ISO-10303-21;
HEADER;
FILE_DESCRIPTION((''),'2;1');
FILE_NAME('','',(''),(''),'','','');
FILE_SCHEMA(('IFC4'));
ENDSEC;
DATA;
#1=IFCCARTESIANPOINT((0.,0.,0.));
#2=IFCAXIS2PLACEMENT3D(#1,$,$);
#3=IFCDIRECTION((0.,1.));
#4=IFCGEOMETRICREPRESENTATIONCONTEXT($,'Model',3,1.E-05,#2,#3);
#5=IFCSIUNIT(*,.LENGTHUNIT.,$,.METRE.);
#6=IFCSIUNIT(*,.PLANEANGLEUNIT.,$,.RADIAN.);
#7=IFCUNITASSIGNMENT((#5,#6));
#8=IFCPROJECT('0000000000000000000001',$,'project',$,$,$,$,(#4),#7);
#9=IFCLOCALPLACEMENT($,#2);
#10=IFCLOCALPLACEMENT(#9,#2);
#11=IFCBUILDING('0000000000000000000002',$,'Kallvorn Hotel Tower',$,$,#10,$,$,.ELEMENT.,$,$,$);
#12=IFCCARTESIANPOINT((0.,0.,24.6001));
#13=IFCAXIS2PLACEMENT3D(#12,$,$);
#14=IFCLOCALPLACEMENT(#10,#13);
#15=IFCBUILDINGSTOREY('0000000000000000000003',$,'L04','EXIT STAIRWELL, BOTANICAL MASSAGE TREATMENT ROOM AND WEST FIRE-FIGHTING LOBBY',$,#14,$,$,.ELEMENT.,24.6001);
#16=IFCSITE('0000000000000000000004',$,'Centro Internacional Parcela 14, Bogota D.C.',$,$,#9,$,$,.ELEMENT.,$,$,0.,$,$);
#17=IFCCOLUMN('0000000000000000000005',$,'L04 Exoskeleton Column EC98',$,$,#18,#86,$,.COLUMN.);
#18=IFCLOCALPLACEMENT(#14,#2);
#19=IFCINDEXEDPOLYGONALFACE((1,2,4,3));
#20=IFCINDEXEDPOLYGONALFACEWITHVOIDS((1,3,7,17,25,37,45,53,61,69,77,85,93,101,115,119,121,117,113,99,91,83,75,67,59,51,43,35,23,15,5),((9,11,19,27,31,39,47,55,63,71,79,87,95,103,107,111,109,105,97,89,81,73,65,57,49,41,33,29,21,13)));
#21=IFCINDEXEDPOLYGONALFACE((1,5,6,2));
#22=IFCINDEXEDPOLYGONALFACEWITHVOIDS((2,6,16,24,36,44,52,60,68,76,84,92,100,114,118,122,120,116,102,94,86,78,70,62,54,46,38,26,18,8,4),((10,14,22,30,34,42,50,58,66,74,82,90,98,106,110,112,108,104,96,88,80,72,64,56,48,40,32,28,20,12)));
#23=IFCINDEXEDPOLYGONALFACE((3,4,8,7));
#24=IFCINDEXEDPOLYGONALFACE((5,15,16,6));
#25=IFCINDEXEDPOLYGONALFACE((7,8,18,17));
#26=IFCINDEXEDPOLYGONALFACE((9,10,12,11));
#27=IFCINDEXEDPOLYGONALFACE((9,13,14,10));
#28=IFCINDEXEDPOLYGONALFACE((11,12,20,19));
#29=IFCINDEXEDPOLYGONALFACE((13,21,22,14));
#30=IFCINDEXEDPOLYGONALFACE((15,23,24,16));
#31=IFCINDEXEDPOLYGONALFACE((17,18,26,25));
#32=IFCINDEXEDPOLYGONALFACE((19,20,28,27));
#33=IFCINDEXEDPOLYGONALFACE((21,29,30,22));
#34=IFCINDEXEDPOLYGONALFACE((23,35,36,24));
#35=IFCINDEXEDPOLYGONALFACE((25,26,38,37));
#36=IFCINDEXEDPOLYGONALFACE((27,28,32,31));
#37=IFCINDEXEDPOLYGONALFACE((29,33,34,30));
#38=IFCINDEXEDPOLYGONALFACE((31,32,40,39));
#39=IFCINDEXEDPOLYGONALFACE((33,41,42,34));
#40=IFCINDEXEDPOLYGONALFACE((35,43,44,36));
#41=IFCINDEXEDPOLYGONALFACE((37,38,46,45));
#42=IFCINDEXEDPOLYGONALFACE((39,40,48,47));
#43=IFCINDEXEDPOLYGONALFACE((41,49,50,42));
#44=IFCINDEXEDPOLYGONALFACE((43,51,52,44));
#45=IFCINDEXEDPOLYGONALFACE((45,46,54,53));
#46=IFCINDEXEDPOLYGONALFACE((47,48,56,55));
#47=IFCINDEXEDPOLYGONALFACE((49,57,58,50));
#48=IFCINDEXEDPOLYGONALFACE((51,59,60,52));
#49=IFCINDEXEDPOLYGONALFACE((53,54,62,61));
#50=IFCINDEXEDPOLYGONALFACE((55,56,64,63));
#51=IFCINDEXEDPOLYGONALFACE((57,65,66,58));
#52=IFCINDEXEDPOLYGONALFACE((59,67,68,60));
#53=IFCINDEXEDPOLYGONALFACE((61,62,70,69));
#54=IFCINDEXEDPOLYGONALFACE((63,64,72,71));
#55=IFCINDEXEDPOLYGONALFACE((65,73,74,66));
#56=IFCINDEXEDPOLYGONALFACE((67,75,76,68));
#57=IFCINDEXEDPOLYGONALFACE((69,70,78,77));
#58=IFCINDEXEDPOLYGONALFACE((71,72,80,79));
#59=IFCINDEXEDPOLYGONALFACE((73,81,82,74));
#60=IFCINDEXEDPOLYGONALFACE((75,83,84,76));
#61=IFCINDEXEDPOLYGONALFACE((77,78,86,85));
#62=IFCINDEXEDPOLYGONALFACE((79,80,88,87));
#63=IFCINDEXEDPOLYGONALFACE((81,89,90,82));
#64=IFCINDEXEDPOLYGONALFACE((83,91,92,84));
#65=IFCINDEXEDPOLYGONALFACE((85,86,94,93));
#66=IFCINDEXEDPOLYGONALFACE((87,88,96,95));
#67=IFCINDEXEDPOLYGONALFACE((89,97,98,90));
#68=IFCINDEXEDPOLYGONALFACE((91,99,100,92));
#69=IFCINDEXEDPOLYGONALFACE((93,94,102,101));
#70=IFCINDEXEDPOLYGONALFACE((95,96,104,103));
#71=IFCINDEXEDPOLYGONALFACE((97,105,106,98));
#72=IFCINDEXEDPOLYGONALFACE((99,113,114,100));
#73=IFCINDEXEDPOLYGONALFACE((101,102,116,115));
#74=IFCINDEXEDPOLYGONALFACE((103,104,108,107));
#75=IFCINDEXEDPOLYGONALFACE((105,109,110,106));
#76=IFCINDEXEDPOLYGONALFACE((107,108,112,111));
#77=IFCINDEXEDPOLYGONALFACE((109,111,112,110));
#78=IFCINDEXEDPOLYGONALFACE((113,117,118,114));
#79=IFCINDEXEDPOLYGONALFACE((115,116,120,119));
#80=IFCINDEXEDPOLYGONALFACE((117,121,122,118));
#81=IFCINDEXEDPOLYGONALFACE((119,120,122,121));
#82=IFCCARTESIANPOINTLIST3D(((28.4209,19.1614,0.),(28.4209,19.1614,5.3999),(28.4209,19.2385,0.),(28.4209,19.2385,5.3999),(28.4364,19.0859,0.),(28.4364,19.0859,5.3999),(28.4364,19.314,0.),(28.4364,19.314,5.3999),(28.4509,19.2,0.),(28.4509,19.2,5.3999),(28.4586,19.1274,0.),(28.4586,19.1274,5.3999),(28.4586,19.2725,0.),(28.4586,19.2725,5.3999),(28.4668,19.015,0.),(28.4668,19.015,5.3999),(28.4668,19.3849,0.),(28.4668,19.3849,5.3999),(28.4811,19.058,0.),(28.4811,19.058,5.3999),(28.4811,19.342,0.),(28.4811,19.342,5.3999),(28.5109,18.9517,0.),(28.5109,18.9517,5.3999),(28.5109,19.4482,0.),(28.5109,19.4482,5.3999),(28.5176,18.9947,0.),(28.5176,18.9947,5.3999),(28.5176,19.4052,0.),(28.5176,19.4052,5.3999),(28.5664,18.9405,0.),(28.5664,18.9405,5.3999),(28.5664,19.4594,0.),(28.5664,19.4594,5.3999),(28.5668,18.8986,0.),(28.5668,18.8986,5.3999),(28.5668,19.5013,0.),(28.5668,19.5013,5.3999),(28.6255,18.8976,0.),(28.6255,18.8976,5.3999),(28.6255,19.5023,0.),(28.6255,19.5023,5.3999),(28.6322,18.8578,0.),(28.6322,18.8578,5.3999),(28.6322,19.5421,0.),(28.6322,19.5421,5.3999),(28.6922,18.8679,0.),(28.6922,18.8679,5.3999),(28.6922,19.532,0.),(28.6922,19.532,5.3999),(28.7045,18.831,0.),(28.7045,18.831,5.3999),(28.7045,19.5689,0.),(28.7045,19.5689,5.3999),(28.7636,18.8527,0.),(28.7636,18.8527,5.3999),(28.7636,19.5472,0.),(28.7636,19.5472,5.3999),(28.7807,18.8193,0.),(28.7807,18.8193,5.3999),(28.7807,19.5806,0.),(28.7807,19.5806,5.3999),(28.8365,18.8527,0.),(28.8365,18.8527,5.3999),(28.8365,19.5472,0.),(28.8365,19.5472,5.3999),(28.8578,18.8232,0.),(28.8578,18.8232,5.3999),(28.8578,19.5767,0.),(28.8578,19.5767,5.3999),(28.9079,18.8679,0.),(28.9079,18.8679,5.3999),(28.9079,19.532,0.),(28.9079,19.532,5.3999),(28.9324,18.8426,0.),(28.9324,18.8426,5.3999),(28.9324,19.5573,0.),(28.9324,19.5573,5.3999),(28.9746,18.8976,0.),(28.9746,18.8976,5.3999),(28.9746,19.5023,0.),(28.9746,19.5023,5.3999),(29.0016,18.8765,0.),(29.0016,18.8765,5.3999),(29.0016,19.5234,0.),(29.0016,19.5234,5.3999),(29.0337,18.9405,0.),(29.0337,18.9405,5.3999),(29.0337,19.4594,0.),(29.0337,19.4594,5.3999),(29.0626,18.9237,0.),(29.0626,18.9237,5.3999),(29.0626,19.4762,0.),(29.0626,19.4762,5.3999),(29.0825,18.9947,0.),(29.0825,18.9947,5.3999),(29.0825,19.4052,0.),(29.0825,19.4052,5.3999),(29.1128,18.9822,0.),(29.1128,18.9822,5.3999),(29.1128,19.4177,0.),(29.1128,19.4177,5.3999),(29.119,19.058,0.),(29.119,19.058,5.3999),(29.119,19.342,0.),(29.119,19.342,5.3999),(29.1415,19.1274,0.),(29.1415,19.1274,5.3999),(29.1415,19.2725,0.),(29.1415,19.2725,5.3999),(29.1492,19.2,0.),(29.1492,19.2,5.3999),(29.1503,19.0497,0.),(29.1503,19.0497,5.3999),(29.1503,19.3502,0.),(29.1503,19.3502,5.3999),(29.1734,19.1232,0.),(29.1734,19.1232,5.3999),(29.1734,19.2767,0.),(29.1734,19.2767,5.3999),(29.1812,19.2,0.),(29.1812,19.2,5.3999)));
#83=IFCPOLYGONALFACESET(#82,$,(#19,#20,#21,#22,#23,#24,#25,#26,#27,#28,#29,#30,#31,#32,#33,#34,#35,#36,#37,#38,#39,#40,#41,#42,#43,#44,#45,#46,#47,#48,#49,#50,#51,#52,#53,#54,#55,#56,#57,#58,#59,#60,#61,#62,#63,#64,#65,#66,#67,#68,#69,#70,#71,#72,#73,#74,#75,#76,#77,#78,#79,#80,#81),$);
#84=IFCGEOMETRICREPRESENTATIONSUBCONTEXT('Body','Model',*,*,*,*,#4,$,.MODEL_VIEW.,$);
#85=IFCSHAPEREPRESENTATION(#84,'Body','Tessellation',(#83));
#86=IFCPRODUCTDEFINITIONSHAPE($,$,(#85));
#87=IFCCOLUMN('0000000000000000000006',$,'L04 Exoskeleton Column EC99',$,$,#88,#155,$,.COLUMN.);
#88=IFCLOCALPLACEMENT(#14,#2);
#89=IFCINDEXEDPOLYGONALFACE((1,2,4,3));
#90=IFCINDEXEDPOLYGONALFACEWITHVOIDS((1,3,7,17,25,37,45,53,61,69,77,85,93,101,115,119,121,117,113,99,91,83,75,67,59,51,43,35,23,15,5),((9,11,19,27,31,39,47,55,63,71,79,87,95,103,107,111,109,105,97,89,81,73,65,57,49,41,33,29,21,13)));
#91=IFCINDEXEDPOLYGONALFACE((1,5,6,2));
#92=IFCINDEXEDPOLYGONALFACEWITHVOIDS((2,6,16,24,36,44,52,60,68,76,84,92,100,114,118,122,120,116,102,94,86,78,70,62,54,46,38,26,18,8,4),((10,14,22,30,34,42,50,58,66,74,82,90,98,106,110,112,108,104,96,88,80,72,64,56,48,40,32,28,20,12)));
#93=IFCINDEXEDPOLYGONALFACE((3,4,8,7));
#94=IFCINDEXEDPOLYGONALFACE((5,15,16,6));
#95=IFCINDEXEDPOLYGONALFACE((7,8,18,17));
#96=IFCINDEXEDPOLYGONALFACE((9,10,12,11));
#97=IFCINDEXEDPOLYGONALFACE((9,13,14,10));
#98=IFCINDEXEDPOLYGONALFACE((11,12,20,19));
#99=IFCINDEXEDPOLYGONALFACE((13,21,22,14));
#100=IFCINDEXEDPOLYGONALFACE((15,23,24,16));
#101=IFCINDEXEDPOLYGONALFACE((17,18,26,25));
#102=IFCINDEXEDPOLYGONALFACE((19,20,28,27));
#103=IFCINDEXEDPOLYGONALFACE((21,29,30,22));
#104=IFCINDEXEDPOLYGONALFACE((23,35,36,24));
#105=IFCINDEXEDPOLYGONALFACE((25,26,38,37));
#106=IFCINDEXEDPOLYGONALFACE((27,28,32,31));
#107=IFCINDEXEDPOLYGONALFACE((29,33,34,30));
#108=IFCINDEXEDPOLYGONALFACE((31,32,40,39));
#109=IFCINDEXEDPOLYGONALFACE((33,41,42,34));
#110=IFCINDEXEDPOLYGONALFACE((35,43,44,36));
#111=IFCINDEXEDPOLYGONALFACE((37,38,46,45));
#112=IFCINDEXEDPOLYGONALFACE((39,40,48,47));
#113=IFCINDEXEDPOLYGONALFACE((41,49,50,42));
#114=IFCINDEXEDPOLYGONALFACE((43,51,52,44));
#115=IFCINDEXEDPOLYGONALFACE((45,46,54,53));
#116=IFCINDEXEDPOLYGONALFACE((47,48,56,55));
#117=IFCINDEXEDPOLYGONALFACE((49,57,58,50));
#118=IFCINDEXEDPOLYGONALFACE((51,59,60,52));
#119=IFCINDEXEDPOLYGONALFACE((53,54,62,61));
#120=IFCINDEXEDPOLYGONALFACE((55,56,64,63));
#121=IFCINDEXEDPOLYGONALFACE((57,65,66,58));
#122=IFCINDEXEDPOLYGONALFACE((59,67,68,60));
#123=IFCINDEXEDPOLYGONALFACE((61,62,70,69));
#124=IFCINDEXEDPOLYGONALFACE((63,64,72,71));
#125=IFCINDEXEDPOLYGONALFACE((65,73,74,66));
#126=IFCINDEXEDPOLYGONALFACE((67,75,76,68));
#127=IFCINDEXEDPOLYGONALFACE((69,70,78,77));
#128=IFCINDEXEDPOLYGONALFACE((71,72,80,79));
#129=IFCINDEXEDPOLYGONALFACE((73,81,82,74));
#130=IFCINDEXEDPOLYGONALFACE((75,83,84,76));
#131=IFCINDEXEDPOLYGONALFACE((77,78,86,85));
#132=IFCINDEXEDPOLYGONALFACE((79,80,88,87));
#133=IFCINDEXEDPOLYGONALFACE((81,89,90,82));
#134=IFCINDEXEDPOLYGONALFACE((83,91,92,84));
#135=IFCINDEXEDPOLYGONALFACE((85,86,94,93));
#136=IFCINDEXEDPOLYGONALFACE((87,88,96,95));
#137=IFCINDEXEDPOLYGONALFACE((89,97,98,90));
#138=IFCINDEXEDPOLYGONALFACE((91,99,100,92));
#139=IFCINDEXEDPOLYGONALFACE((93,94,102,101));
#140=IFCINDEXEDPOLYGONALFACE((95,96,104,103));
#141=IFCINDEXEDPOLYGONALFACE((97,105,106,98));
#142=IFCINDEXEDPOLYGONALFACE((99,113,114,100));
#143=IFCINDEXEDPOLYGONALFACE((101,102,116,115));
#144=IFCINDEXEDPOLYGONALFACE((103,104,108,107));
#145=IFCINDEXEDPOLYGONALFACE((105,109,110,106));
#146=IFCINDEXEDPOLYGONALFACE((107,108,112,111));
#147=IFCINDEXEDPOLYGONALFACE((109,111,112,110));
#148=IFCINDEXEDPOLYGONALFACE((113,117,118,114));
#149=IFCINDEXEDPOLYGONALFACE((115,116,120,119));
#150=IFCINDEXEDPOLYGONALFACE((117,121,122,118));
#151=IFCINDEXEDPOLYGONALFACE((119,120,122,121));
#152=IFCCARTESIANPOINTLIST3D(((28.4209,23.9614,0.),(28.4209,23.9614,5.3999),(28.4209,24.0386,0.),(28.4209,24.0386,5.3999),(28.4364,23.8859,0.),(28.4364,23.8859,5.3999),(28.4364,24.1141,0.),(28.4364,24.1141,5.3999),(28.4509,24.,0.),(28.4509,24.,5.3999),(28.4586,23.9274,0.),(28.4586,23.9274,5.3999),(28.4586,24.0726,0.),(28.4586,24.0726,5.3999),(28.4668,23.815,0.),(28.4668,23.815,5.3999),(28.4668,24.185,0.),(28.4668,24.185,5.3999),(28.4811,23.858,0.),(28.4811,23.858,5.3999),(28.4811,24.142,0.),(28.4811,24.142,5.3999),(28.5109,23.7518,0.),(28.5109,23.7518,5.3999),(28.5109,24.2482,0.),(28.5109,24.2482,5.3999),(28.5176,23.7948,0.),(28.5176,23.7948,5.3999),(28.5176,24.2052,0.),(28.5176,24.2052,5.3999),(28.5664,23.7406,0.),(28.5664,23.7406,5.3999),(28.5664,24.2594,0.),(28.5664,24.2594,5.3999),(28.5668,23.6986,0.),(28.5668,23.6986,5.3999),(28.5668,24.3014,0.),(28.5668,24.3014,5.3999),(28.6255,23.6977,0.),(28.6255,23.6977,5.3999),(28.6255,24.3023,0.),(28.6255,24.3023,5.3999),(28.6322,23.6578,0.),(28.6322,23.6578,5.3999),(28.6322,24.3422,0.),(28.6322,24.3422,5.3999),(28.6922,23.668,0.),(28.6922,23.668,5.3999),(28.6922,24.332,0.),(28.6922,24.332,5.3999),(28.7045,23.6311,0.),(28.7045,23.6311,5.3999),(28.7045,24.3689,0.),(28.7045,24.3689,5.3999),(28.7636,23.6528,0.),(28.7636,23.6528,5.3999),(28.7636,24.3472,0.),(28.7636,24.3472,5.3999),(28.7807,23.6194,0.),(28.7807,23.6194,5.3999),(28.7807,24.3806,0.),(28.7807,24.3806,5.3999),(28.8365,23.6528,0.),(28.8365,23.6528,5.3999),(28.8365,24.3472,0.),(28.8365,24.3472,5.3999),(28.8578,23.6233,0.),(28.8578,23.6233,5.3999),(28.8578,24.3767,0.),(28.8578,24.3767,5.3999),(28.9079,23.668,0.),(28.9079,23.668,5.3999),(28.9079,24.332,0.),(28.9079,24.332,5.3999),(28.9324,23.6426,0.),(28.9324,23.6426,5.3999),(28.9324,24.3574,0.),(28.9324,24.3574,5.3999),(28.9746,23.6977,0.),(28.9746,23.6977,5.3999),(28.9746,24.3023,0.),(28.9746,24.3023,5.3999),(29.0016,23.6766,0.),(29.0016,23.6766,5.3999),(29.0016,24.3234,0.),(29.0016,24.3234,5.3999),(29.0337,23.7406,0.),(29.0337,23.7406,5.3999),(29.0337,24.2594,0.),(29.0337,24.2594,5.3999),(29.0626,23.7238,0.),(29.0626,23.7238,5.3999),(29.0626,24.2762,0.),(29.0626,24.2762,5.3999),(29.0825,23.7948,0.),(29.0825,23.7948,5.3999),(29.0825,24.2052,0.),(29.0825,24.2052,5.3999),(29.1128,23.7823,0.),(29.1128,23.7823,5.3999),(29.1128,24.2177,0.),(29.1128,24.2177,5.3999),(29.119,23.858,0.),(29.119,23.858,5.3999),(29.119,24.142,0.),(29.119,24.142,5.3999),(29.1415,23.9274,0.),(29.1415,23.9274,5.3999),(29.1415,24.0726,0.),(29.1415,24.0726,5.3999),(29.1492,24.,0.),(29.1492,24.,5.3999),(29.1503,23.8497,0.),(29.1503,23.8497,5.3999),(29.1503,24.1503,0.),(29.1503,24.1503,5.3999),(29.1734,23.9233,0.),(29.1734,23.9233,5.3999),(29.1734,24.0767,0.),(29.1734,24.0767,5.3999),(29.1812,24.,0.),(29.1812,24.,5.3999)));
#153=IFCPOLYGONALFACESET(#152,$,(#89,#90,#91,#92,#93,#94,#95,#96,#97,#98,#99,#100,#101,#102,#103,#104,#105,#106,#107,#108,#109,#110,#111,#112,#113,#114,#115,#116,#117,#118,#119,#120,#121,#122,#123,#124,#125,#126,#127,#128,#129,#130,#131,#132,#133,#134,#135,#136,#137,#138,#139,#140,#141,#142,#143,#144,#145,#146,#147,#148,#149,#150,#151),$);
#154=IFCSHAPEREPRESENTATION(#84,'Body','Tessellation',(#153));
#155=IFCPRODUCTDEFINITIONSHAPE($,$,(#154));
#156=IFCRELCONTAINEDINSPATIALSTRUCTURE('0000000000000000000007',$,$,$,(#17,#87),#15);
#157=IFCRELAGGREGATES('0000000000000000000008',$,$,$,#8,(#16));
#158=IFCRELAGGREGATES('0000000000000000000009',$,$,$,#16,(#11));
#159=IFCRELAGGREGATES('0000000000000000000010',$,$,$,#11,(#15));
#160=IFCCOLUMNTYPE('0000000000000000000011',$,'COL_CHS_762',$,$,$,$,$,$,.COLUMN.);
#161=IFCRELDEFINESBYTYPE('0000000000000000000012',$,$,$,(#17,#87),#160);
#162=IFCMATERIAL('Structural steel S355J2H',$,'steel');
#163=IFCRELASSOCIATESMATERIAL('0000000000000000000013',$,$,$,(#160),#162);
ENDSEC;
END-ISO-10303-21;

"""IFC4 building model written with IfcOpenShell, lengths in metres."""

from ifc_helpers import new_model, si_unit, direction, frame, origin, origin_2d, place, context, subcontext, project, spatial, hollow_circle, extrude, material, material_profile, profile_set, type_object, element, save


model = new_model("IFC4")

# Units and contexts
model_context = context("Model", 3, precision=1e-05, world=origin(), true_north=direction((0.0, 1.0)))
body_context = subcontext(model_context, "Body", "Model", "MODEL_VIEW")
ifc_project = project(units=[si_unit("LENGTHUNIT", "METRE"), si_unit("PLANEANGLEUNIT", "RADIAN")], contexts=[model_context])

# Site, building, storey
site_placement = place(None, origin())
site = spatial("IfcSite", under=ifc_project, at=site_placement, Name="Centro Internacional Parcela 14, Bogota D.C.", CompositionType="ELEMENT", RefElevation=0.0)
building_placement = place(site_placement, origin())
building = spatial("IfcBuilding", under=site, at=building_placement, Name="Kallvorn Hotel Tower", CompositionType="ELEMENT")
storey_placement = place(building_placement, frame((0.0, 0.0, 24.6001)))
storey = spatial("IfcBuildingStorey", under=building, at=storey_placement, Name="L04", Description="EXIT STAIRWELL, BOTANICAL MASSAGE TREATMENT ROOM AND WEST FIRE-FIGHTING LOBBY", CompositionType="ELEMENT", Elevation=24.6001)

# Columns
ifc_material_1 = material(Name="Structural steel S355J2H", Category="steel")
ifc_material_profile_1 = material_profile(ifc_material_1, hollow_circle(Radius=0.3811, WallThickness=0.032, at=origin_2d()), Name="CHS 762x32")
ifc_profile_set_1 = profile_set([ifc_material_profile_1], Name="Structural steel S355J2H")
column_type_1 = type_object("IfcColumnType", Name="COL_CHS_762", PredefinedType="COLUMN", material=ifc_profile_set_1)
for number, where, z_axis, x_axis, name in (
    (1, (28.8, 19.2, 0.0), (0.0, 0.0, 1.0), (1.0, 0.0, 0.0), "L04 Exoskeleton Column EC98"),
    (2, (28.8, 24.0, 0.0), (0.0, 0.0, 1.0), (1.0, 0.0, 0.0), "L04 Exoskeleton Column EC99"),
):
    element("IfcColumn", number, at=place(storey_placement, frame(where, z_axis=z_axis, x_axis=x_axis)), inside=storey, type_object=column_type_1, Name=name, PredefinedType="COLUMN", context=body_context, shape_type="SweptSolid", body=[
        extrude(hollow_circle(Radius=0.3811, WallThickness=0.032, at=origin_2d()), origin(), (0.0, 0.0, 1.0), 5.3999),
    ])

save(model, "model.ifc")
